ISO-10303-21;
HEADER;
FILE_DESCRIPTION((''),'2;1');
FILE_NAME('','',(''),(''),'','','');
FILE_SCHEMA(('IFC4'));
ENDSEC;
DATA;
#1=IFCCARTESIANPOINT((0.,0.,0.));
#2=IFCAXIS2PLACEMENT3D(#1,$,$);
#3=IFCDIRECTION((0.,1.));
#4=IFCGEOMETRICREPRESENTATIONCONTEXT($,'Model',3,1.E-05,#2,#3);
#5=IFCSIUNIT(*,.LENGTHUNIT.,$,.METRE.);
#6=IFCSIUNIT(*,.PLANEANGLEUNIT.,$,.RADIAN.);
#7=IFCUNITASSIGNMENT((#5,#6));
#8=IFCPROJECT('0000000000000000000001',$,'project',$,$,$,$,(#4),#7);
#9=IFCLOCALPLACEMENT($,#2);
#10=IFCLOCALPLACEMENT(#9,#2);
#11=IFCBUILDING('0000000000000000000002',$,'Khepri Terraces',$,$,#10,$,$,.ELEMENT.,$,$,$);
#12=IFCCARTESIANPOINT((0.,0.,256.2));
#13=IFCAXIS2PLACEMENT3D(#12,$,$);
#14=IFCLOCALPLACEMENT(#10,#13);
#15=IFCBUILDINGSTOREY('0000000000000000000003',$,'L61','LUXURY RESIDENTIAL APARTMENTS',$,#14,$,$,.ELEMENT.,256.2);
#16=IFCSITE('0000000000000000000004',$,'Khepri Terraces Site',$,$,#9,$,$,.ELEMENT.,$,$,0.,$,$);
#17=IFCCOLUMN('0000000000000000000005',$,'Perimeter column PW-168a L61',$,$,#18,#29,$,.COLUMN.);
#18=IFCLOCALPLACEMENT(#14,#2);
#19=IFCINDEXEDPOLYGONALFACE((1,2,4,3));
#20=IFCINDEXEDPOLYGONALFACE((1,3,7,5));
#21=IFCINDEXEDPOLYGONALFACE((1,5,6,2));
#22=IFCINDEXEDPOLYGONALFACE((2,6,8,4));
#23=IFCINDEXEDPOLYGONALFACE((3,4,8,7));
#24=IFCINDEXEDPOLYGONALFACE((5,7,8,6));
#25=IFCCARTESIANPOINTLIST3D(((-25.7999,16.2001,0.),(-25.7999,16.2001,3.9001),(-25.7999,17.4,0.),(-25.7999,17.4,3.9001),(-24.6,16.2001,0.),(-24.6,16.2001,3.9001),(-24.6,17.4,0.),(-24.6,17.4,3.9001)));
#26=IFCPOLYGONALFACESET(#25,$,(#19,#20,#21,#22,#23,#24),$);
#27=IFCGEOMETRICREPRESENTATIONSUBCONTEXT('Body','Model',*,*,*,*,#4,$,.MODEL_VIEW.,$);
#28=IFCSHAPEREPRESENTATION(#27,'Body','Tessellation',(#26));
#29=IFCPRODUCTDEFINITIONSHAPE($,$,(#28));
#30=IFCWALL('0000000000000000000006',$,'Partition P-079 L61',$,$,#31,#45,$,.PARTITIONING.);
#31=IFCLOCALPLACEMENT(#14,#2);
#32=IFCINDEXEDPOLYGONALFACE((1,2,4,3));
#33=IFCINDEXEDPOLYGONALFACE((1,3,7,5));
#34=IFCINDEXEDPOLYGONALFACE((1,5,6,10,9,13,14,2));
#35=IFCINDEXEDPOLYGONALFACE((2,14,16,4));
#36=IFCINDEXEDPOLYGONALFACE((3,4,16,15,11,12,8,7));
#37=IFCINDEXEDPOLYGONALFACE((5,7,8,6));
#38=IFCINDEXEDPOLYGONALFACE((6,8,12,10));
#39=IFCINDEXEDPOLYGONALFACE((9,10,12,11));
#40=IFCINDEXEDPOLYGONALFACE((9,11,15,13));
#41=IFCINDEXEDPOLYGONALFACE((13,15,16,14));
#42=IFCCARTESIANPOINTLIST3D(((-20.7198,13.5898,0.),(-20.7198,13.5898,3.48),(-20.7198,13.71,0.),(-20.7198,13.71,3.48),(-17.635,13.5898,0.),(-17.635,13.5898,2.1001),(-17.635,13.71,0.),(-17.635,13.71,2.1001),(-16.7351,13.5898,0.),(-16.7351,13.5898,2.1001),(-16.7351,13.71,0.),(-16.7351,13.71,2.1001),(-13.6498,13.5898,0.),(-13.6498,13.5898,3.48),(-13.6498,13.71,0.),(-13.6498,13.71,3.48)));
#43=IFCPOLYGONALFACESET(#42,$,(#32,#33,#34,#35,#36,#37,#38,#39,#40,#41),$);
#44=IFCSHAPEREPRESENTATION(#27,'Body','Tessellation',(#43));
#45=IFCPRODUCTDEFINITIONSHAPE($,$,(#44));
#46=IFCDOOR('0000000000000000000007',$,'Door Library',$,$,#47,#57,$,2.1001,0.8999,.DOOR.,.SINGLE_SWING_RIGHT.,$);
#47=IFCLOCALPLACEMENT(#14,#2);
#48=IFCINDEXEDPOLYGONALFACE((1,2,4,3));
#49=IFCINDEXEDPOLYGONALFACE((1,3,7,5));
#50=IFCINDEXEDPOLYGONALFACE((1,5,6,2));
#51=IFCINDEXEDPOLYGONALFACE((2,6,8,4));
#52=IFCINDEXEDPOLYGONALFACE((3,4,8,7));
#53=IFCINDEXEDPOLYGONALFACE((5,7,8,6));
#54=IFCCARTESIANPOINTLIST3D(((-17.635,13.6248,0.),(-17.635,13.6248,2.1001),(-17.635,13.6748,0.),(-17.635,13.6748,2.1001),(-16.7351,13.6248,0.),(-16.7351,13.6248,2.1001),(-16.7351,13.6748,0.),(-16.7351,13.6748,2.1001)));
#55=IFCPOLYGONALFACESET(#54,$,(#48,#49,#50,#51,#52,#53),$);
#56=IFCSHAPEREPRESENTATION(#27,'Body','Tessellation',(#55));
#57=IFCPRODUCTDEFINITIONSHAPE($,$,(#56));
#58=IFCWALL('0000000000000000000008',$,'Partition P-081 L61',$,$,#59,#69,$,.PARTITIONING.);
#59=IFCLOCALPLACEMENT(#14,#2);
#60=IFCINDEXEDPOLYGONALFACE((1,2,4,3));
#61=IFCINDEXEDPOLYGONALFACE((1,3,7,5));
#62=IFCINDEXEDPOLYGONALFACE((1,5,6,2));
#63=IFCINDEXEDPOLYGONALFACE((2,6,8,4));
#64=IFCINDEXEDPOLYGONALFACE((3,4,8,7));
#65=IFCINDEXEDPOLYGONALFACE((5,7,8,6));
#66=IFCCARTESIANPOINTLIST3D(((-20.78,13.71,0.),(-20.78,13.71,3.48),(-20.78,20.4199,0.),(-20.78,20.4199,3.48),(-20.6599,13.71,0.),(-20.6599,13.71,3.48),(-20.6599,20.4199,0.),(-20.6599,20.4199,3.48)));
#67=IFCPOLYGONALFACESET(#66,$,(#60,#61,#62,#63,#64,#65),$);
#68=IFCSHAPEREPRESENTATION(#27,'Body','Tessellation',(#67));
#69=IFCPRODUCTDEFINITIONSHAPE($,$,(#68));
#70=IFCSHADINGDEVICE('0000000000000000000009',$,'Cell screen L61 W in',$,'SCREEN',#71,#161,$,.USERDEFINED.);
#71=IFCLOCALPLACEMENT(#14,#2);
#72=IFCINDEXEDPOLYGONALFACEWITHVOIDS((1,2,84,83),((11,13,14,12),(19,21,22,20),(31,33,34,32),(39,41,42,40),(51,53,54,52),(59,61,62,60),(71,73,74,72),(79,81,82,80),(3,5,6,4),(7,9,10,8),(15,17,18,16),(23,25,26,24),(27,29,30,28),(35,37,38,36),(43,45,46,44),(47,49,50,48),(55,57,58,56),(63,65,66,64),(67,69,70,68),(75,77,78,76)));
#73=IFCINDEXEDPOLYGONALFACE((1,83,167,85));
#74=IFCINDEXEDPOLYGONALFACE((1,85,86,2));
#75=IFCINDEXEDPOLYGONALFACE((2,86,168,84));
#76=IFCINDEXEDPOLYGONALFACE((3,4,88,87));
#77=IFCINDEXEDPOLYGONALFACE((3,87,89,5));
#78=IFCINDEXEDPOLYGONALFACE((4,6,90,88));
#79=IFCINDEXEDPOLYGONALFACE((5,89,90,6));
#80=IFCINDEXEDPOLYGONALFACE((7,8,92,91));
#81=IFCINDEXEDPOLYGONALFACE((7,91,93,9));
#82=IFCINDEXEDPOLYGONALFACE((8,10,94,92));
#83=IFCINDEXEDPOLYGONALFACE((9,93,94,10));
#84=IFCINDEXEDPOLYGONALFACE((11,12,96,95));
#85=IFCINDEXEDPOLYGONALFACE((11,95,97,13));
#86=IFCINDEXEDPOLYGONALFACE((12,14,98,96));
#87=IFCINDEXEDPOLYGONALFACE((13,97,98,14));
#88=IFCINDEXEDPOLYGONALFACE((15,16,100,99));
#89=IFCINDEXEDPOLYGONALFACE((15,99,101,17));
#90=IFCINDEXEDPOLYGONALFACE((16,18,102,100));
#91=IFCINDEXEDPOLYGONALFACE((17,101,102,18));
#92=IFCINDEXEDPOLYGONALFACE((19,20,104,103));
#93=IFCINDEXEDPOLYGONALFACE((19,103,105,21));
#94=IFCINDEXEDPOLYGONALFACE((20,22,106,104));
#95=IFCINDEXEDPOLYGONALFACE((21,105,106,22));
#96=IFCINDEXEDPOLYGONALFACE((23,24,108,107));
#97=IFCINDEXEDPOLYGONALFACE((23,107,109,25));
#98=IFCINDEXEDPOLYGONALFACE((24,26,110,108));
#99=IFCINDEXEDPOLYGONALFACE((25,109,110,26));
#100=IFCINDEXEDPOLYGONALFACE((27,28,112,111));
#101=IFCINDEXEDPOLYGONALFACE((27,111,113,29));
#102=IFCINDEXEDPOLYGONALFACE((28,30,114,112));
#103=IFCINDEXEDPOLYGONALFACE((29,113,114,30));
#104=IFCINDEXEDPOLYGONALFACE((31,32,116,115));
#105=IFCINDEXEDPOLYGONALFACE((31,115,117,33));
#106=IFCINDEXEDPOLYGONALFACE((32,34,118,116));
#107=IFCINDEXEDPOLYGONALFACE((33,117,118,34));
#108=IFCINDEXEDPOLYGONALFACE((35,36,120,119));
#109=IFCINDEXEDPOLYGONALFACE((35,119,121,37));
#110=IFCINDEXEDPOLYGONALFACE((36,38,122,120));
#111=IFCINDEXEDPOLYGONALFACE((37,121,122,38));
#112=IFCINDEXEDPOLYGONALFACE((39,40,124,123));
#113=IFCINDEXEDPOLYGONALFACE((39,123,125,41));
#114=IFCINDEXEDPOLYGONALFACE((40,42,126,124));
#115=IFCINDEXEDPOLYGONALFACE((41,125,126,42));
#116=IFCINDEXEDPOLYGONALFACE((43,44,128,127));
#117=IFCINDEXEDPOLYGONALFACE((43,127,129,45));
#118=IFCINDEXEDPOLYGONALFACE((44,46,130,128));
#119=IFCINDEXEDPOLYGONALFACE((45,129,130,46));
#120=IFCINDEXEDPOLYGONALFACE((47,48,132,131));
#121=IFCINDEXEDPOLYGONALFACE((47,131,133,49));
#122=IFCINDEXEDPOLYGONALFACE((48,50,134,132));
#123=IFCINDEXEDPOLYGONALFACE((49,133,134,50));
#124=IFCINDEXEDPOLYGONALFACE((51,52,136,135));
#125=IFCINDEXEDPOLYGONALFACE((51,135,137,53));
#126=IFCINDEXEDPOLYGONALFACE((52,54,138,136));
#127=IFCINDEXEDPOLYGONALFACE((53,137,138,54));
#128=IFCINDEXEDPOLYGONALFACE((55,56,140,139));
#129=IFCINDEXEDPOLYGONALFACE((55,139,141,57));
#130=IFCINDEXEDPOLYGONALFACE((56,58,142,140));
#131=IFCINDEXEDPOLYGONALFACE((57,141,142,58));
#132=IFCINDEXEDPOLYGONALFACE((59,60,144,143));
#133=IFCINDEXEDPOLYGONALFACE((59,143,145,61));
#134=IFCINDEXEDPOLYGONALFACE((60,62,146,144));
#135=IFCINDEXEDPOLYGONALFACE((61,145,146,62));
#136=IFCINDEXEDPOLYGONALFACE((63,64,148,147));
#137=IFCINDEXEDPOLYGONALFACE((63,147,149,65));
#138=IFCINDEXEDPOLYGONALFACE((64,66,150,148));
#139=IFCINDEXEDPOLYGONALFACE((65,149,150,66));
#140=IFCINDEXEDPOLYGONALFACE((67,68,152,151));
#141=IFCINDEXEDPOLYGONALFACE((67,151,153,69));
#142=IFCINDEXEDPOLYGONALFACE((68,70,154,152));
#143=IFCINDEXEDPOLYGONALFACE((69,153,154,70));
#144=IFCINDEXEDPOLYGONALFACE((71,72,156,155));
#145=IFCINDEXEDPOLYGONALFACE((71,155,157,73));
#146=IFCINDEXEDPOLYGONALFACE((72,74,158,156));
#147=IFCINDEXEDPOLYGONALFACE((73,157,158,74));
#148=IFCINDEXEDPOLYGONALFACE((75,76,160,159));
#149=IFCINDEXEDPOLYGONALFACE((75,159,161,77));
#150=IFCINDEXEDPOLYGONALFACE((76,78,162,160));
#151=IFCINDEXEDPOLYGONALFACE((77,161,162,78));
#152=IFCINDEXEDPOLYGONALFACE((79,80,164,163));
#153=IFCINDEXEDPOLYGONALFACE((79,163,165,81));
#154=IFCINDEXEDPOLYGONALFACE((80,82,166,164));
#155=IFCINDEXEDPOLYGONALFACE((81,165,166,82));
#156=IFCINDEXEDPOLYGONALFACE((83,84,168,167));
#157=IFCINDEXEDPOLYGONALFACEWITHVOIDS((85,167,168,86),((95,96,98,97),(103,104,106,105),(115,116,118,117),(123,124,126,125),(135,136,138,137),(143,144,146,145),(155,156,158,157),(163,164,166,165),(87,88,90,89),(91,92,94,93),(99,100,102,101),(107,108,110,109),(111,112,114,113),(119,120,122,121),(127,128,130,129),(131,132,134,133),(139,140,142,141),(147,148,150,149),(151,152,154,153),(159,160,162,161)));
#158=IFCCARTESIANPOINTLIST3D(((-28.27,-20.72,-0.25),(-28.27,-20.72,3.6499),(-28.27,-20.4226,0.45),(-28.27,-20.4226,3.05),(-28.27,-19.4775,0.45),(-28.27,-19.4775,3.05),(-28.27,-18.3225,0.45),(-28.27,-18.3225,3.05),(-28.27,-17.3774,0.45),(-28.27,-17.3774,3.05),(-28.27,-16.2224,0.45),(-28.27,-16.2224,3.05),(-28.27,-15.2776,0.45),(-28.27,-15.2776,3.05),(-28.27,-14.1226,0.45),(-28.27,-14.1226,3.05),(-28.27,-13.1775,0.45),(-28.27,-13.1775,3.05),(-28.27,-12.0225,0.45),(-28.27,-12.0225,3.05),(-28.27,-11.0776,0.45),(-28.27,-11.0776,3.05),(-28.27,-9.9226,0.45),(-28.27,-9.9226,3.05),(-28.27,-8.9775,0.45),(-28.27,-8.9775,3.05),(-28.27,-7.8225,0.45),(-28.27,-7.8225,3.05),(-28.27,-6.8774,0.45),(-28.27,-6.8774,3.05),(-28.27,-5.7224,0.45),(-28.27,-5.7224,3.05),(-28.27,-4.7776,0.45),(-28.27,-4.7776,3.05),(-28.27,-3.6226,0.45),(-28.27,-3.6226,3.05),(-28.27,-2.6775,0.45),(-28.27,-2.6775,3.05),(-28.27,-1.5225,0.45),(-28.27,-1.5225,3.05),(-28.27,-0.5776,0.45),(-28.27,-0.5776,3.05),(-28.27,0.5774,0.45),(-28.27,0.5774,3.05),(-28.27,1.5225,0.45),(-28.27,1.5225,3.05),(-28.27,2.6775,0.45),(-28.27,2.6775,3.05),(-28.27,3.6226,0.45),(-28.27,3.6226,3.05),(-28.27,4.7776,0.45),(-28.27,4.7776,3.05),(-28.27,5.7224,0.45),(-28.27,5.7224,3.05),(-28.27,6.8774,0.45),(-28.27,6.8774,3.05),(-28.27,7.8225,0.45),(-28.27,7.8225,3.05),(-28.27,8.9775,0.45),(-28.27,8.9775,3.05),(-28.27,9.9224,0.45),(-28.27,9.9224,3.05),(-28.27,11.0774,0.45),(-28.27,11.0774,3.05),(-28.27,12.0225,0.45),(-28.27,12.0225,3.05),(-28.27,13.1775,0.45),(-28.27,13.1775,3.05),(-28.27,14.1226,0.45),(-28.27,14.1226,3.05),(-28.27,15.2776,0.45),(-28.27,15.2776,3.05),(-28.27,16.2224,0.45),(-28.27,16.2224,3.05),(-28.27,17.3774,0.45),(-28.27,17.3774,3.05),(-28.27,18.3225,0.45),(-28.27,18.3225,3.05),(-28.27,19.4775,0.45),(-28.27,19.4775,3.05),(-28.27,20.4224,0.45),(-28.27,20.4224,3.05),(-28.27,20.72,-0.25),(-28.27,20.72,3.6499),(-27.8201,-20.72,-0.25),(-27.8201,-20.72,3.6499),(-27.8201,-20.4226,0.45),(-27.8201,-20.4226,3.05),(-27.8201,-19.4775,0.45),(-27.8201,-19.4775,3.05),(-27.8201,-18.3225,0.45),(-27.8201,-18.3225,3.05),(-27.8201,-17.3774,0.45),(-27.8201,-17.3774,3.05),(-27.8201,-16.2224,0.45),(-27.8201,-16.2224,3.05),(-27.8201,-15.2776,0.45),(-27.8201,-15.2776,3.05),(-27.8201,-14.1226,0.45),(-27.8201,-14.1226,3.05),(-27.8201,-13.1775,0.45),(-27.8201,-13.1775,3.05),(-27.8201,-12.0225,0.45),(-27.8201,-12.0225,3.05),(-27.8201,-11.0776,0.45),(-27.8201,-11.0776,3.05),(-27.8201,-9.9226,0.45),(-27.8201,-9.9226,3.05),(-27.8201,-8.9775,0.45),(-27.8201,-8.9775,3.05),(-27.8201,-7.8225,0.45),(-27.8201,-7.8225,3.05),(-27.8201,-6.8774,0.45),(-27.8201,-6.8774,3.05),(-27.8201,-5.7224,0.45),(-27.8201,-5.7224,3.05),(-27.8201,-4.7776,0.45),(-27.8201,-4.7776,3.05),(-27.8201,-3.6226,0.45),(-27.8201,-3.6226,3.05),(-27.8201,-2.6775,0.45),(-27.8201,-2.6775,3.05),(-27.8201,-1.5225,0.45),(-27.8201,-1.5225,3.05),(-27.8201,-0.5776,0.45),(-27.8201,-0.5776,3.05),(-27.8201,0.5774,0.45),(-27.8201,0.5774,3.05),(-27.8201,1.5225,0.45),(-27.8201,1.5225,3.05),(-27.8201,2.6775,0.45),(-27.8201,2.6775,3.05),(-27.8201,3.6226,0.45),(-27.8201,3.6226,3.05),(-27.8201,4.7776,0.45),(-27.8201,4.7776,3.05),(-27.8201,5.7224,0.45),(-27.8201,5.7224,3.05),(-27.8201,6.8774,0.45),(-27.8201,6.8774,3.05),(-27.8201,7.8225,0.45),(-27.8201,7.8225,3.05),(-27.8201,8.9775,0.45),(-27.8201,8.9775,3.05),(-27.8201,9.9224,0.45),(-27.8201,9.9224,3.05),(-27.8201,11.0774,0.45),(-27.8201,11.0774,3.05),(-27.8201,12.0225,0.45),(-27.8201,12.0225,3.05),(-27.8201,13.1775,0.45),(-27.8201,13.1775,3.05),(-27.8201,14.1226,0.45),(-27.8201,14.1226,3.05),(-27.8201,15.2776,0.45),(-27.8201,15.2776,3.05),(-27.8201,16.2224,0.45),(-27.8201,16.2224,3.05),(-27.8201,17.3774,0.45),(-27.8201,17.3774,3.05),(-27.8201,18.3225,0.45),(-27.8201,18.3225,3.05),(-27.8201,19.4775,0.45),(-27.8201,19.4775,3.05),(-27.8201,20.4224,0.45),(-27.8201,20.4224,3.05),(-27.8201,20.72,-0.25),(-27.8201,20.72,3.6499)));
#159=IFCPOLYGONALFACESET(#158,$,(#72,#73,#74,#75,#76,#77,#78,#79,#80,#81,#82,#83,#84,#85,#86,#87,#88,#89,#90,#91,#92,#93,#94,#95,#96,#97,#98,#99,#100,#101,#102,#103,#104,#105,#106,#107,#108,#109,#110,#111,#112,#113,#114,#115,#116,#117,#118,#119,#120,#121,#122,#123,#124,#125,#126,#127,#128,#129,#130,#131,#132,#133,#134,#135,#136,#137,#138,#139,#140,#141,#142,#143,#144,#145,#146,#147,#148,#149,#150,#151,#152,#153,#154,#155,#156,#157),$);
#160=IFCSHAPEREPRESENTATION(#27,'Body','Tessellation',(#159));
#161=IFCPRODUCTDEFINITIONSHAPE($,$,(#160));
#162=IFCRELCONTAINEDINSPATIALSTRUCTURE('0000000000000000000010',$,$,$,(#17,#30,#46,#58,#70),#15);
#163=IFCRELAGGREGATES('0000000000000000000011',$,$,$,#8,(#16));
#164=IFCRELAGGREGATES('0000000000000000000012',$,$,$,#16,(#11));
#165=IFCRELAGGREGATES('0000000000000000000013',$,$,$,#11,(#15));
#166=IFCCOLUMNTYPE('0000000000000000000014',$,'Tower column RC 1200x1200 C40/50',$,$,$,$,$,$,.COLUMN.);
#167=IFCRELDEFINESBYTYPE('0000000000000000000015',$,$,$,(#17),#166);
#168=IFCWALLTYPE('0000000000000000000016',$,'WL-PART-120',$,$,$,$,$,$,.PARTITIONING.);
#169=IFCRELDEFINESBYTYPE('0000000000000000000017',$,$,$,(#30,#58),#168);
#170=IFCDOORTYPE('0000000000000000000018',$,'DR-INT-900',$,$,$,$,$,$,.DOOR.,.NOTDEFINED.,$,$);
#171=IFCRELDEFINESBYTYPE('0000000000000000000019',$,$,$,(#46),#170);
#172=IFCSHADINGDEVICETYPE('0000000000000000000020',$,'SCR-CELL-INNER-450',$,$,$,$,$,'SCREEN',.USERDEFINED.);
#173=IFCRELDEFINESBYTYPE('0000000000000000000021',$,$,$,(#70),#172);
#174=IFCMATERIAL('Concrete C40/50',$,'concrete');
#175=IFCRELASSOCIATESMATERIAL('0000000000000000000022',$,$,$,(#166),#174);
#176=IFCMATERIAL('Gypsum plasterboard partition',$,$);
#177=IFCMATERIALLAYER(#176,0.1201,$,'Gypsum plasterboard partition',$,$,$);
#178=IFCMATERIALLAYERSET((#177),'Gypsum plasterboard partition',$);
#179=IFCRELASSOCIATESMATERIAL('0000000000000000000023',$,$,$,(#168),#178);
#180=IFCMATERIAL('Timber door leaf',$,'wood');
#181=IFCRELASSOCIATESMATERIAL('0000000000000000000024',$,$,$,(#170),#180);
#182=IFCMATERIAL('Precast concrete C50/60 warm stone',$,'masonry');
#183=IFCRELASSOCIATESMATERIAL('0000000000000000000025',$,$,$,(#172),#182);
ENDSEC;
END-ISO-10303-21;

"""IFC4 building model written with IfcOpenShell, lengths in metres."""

from ifc_helpers import new_model, si_unit, direction, frame, frame_2d, origin, origin_2d, place, context, subcontext, project, spatial, polyline, rectangle, outline, extrude, material, layer, layer_set, material_profile, profile_set, type_object, element, fill, save


model = new_model("IFC4")

# Units and contexts
model_context = context("Model", 3, precision=1e-05, world=origin(), true_north=direction((0.0, 1.0)))
body_context = subcontext(model_context, "Body", "Model", "MODEL_VIEW")
ifc_project = project(units=[si_unit("LENGTHUNIT", "METRE"), si_unit("PLANEANGLEUNIT", "RADIAN")], contexts=[model_context])

# Site, building, storey
site_placement = place(None, origin())
site = spatial("IfcSite", under=ifc_project, at=site_placement, Name="Khepri Terraces Site", CompositionType="ELEMENT", RefElevation=0.0)
building_placement = place(site_placement, origin())
building = spatial("IfcBuilding", under=site, at=building_placement, Name="Khepri Terraces", CompositionType="ELEMENT")
storey_placement = place(building_placement, frame((0.0, 0.0, 256.2)))
storey = spatial("IfcBuildingStorey", under=building, at=storey_placement, Name="L61", Description="LUXURY RESIDENTIAL APARTMENTS", CompositionType="ELEMENT", Elevation=256.2)

# Column
ifc_material_1 = material(Name="Concrete C40/50", Category="concrete")
ifc_material_profile = material_profile(ifc_material_1, rectangle(XDim=1.2, YDim=1.2, at=origin_2d()), Name="Concrete C40/50", Category="concrete")
ifc_profile_set = profile_set([ifc_material_profile], Name="Concrete C40/50")
column_type = type_object("IfcColumnType", Name="Tower column RC 1200x1200 C40/50", PredefinedType="COLUMN", material=ifc_profile_set)
column_placement = place(storey_placement, frame((-25.2, 16.8, 0.0), z_axis=(0.0, 0.0, 1.0), x_axis=(1.0, 0.0, 0.0)))
element("IfcColumn", 1, at=column_placement, inside=storey, type_object=column_type, Name="Perimeter column PW-168a L61", PredefinedType="COLUMN", context=body_context, shape_type="SweptSolid", body=[
    extrude(rectangle(XDim=1.2, YDim=1.2, at=origin_2d()), origin(), (0.0, 0.0, 1.0), 3.9001),
])

# Shared definitions
ifc_material_2 = material(Name="Precast concrete C50/60 warm stone", Category="masonry")

# Wall, opening, door
ifc_material_3 = material(Name="Gypsum plasterboard partition")
ifc_layer_1 = layer(ifc_material_3, 0.1201, Name="Gypsum plasterboard partition")
ifc_layer_set_1 = layer_set([ifc_layer_1], Name="Gypsum plasterboard partition")
wall_type_1 = type_object("IfcWallType", Name="WL-PART-120", PredefinedType="PARTITIONING", material=ifc_layer_set_1)
wall_1_placement = place(storey_placement, frame((-20.72, 13.6499, 0.0), z_axis=(0.0, 0.0, 1.0), x_axis=(1.0, 0.0, 0.0)))
wall_1 = element("IfcWall", 2, at=wall_1_placement, inside=storey, type_object=wall_type_1, Name="Partition P-079 L61", PredefinedType="PARTITIONING", context=body_context, shape_type="SweptSolid", body=[
    extrude(rectangle(XDim=7.0701, YDim=0.1201, at=frame_2d((3.5352, 0.0))), origin(), (0.0, 0.0, 1.0), 3.48),
])
opening_1_placement = place(wall_1_placement, frame((3.085, 0.0, 0.0)))
opening_1 = element("IfcOpeningElement", 3, at=opening_1_placement, cuts=wall_1, PredefinedType="OPENING", context=body_context, shape_type="SweptSolid", body=[
    extrude(rectangle(XDim=0.8999, YDim=2.1001, at=frame_2d((0.45, 1.05))), frame((0.0, 0.0701, 0.0), z_axis=(0.0, -1.0, 0.0), x_axis=(1.0, 0.0, 0.0)), (0.0, 0.0, 1.0), 0.1401),
])
ifc_material_4 = material(Name="Timber door leaf", Category="wood")
door_type_1 = type_object("IfcDoorType", Name="DR-INT-900", OperationType="NOTDEFINED", PredefinedType="DOOR", material=ifc_material_4)
door_1_placement = place(opening_1_placement, origin())
door_1 = element("IfcDoor", 4, at=door_1_placement, inside=storey, type_object=door_type_1, Name="Door Library", OperationType="SINGLE_SWING_RIGHT", OverallHeight=2.1001, OverallWidth=0.8999, PredefinedType="DOOR", context=body_context, shape_type="SweptSolid", body=[
    extrude(rectangle(XDim=0.8999, YDim=2.1001, at=frame_2d((0.45, 1.05))), frame((0.0, 0.0249, 0.0), z_axis=(0.0, -1.0, 0.0), x_axis=(1.0, 0.0, 0.0)), (0.0, 0.0, 1.0), 0.05),
])
fill(opening_1, door_1)

# Wall
wall_2_placement = place(storey_placement, frame((-20.72, 13.71, 0.0), z_axis=(0.0, 0.0, 1.0), x_axis=(0.0, 1.0, 0.0)))
element("IfcWall", 5, at=wall_2_placement, inside=storey, type_object=wall_type_1, Name="Partition P-081 L61", PredefinedType="PARTITIONING", context=body_context, shape_type="SweptSolid", body=[
    extrude(rectangle(XDim=6.71, YDim=0.1201, at=frame_2d((3.355, 0.0))), origin(), (0.0, 0.0, 1.0), 3.48),
])

# Shading device
shading_device_type_1 = type_object("IfcShadingDeviceType", Name="SCR-CELL-INNER-450", ElementType="SCREEN", PredefinedType="USERDEFINED", material=ifc_material_2)
shading_device_1_placement = place(storey_placement, frame((-27.8201, 20.72, -0.25), z_axis=(-1.0, 0.0, 0.0), x_axis=(0.0, -1.0, 0.0)))
element("IfcShadingDevice", 6, at=shading_device_1_placement, inside=storey, type_object=shading_device_type_1, Name="Cell screen L61 W in", ObjectType="SCREEN", PredefinedType="USERDEFINED", context=body_context, shape_type="SweptSolid", body=[
    extrude(outline(polyline([(0.0, 0.0), (41.4399, 0.0), (41.4399, 3.8999), (0.0, 3.8999), (0.0, 0.0)]), holes=[polyline([(0.2976, 0.7), (1.2424, 0.7), (1.2424, 3.3), (0.2976, 3.3), (0.2976, 0.7)]), polyline([(2.3975, 0.7), (3.3425, 0.7), (3.3425, 3.3), (2.3975, 3.3), (2.3975, 0.7)]), polyline([(4.4976, 0.7), (5.4424, 0.7), (5.4424, 3.3), (4.4976, 3.3), (4.4976, 0.7)]), polyline([(6.5974, 0.7), (7.5425, 0.7), (7.5425, 3.3), (6.5974, 3.3), (6.5974, 0.7)]), polyline([(8.6975, 0.7), (9.6426, 0.7), (9.6426, 3.3), (8.6975, 3.3), (8.6975, 0.7)]), polyline([(10.7976, 0.7), (11.7424, 0.7), (11.7424, 3.3), (10.7976, 3.3), (10.7976, 0.7)]), polyline([(12.8975, 0.7), (13.8425, 0.7), (13.8425, 3.3), (12.8975, 3.3), (12.8975, 0.7)]), polyline([(14.9976, 0.7), (15.9424, 0.7), (15.9424, 3.3), (14.9976, 3.3), (14.9976, 0.7)]), polyline([(17.0974, 0.7), (18.0425, 0.7), (18.0425, 3.3), (17.0974, 3.3), (17.0974, 0.7)]), polyline([(19.1975, 0.7), (20.1426, 0.7), (20.1426, 3.3), (19.1975, 3.3), (19.1975, 0.7)]), polyline([(21.2976, 0.7), (22.2424, 0.7), (22.2424, 3.3), (21.2976, 3.3), (21.2976, 0.7)]), polyline([(23.3975, 0.7), (24.3425, 0.7), (24.3425, 3.3), (23.3975, 3.3), (23.3975, 0.7)]), polyline([(25.4976, 0.7), (26.4424, 0.7), (26.4424, 3.3), (25.4976, 3.3), (25.4976, 0.7)]), polyline([(27.5974, 0.7), (28.5425, 0.7), (28.5425, 3.3), (27.5974, 3.3), (27.5974, 0.7)]), polyline([(29.6975, 0.7), (30.6426, 0.7), (30.6426, 3.3), (29.6975, 3.3), (29.6975, 0.7)]), polyline([(31.7976, 0.7), (32.7424, 0.7), (32.7424, 3.3), (31.7976, 3.3), (31.7976, 0.7)]), polyline([(33.8975, 0.7), (34.8425, 0.7), (34.8425, 3.3), (33.8975, 3.3), (33.8975, 0.7)]), polyline([(35.9976, 0.7), (36.9424, 0.7), (36.9424, 3.3), (35.9976, 3.3), (35.9976, 0.7)]), polyline([(38.0974, 0.7), (39.0425, 0.7), (39.0425, 3.3), (38.0974, 3.3), (38.0974, 0.7)]), polyline([(40.1975, 0.7), (41.1426, 0.7), (41.1426, 3.3), (40.1975, 3.3), (40.1975, 0.7)])]), origin(), (0.0, 0.0, 1.0), 0.45),
])

save(model, "model.ifc")
